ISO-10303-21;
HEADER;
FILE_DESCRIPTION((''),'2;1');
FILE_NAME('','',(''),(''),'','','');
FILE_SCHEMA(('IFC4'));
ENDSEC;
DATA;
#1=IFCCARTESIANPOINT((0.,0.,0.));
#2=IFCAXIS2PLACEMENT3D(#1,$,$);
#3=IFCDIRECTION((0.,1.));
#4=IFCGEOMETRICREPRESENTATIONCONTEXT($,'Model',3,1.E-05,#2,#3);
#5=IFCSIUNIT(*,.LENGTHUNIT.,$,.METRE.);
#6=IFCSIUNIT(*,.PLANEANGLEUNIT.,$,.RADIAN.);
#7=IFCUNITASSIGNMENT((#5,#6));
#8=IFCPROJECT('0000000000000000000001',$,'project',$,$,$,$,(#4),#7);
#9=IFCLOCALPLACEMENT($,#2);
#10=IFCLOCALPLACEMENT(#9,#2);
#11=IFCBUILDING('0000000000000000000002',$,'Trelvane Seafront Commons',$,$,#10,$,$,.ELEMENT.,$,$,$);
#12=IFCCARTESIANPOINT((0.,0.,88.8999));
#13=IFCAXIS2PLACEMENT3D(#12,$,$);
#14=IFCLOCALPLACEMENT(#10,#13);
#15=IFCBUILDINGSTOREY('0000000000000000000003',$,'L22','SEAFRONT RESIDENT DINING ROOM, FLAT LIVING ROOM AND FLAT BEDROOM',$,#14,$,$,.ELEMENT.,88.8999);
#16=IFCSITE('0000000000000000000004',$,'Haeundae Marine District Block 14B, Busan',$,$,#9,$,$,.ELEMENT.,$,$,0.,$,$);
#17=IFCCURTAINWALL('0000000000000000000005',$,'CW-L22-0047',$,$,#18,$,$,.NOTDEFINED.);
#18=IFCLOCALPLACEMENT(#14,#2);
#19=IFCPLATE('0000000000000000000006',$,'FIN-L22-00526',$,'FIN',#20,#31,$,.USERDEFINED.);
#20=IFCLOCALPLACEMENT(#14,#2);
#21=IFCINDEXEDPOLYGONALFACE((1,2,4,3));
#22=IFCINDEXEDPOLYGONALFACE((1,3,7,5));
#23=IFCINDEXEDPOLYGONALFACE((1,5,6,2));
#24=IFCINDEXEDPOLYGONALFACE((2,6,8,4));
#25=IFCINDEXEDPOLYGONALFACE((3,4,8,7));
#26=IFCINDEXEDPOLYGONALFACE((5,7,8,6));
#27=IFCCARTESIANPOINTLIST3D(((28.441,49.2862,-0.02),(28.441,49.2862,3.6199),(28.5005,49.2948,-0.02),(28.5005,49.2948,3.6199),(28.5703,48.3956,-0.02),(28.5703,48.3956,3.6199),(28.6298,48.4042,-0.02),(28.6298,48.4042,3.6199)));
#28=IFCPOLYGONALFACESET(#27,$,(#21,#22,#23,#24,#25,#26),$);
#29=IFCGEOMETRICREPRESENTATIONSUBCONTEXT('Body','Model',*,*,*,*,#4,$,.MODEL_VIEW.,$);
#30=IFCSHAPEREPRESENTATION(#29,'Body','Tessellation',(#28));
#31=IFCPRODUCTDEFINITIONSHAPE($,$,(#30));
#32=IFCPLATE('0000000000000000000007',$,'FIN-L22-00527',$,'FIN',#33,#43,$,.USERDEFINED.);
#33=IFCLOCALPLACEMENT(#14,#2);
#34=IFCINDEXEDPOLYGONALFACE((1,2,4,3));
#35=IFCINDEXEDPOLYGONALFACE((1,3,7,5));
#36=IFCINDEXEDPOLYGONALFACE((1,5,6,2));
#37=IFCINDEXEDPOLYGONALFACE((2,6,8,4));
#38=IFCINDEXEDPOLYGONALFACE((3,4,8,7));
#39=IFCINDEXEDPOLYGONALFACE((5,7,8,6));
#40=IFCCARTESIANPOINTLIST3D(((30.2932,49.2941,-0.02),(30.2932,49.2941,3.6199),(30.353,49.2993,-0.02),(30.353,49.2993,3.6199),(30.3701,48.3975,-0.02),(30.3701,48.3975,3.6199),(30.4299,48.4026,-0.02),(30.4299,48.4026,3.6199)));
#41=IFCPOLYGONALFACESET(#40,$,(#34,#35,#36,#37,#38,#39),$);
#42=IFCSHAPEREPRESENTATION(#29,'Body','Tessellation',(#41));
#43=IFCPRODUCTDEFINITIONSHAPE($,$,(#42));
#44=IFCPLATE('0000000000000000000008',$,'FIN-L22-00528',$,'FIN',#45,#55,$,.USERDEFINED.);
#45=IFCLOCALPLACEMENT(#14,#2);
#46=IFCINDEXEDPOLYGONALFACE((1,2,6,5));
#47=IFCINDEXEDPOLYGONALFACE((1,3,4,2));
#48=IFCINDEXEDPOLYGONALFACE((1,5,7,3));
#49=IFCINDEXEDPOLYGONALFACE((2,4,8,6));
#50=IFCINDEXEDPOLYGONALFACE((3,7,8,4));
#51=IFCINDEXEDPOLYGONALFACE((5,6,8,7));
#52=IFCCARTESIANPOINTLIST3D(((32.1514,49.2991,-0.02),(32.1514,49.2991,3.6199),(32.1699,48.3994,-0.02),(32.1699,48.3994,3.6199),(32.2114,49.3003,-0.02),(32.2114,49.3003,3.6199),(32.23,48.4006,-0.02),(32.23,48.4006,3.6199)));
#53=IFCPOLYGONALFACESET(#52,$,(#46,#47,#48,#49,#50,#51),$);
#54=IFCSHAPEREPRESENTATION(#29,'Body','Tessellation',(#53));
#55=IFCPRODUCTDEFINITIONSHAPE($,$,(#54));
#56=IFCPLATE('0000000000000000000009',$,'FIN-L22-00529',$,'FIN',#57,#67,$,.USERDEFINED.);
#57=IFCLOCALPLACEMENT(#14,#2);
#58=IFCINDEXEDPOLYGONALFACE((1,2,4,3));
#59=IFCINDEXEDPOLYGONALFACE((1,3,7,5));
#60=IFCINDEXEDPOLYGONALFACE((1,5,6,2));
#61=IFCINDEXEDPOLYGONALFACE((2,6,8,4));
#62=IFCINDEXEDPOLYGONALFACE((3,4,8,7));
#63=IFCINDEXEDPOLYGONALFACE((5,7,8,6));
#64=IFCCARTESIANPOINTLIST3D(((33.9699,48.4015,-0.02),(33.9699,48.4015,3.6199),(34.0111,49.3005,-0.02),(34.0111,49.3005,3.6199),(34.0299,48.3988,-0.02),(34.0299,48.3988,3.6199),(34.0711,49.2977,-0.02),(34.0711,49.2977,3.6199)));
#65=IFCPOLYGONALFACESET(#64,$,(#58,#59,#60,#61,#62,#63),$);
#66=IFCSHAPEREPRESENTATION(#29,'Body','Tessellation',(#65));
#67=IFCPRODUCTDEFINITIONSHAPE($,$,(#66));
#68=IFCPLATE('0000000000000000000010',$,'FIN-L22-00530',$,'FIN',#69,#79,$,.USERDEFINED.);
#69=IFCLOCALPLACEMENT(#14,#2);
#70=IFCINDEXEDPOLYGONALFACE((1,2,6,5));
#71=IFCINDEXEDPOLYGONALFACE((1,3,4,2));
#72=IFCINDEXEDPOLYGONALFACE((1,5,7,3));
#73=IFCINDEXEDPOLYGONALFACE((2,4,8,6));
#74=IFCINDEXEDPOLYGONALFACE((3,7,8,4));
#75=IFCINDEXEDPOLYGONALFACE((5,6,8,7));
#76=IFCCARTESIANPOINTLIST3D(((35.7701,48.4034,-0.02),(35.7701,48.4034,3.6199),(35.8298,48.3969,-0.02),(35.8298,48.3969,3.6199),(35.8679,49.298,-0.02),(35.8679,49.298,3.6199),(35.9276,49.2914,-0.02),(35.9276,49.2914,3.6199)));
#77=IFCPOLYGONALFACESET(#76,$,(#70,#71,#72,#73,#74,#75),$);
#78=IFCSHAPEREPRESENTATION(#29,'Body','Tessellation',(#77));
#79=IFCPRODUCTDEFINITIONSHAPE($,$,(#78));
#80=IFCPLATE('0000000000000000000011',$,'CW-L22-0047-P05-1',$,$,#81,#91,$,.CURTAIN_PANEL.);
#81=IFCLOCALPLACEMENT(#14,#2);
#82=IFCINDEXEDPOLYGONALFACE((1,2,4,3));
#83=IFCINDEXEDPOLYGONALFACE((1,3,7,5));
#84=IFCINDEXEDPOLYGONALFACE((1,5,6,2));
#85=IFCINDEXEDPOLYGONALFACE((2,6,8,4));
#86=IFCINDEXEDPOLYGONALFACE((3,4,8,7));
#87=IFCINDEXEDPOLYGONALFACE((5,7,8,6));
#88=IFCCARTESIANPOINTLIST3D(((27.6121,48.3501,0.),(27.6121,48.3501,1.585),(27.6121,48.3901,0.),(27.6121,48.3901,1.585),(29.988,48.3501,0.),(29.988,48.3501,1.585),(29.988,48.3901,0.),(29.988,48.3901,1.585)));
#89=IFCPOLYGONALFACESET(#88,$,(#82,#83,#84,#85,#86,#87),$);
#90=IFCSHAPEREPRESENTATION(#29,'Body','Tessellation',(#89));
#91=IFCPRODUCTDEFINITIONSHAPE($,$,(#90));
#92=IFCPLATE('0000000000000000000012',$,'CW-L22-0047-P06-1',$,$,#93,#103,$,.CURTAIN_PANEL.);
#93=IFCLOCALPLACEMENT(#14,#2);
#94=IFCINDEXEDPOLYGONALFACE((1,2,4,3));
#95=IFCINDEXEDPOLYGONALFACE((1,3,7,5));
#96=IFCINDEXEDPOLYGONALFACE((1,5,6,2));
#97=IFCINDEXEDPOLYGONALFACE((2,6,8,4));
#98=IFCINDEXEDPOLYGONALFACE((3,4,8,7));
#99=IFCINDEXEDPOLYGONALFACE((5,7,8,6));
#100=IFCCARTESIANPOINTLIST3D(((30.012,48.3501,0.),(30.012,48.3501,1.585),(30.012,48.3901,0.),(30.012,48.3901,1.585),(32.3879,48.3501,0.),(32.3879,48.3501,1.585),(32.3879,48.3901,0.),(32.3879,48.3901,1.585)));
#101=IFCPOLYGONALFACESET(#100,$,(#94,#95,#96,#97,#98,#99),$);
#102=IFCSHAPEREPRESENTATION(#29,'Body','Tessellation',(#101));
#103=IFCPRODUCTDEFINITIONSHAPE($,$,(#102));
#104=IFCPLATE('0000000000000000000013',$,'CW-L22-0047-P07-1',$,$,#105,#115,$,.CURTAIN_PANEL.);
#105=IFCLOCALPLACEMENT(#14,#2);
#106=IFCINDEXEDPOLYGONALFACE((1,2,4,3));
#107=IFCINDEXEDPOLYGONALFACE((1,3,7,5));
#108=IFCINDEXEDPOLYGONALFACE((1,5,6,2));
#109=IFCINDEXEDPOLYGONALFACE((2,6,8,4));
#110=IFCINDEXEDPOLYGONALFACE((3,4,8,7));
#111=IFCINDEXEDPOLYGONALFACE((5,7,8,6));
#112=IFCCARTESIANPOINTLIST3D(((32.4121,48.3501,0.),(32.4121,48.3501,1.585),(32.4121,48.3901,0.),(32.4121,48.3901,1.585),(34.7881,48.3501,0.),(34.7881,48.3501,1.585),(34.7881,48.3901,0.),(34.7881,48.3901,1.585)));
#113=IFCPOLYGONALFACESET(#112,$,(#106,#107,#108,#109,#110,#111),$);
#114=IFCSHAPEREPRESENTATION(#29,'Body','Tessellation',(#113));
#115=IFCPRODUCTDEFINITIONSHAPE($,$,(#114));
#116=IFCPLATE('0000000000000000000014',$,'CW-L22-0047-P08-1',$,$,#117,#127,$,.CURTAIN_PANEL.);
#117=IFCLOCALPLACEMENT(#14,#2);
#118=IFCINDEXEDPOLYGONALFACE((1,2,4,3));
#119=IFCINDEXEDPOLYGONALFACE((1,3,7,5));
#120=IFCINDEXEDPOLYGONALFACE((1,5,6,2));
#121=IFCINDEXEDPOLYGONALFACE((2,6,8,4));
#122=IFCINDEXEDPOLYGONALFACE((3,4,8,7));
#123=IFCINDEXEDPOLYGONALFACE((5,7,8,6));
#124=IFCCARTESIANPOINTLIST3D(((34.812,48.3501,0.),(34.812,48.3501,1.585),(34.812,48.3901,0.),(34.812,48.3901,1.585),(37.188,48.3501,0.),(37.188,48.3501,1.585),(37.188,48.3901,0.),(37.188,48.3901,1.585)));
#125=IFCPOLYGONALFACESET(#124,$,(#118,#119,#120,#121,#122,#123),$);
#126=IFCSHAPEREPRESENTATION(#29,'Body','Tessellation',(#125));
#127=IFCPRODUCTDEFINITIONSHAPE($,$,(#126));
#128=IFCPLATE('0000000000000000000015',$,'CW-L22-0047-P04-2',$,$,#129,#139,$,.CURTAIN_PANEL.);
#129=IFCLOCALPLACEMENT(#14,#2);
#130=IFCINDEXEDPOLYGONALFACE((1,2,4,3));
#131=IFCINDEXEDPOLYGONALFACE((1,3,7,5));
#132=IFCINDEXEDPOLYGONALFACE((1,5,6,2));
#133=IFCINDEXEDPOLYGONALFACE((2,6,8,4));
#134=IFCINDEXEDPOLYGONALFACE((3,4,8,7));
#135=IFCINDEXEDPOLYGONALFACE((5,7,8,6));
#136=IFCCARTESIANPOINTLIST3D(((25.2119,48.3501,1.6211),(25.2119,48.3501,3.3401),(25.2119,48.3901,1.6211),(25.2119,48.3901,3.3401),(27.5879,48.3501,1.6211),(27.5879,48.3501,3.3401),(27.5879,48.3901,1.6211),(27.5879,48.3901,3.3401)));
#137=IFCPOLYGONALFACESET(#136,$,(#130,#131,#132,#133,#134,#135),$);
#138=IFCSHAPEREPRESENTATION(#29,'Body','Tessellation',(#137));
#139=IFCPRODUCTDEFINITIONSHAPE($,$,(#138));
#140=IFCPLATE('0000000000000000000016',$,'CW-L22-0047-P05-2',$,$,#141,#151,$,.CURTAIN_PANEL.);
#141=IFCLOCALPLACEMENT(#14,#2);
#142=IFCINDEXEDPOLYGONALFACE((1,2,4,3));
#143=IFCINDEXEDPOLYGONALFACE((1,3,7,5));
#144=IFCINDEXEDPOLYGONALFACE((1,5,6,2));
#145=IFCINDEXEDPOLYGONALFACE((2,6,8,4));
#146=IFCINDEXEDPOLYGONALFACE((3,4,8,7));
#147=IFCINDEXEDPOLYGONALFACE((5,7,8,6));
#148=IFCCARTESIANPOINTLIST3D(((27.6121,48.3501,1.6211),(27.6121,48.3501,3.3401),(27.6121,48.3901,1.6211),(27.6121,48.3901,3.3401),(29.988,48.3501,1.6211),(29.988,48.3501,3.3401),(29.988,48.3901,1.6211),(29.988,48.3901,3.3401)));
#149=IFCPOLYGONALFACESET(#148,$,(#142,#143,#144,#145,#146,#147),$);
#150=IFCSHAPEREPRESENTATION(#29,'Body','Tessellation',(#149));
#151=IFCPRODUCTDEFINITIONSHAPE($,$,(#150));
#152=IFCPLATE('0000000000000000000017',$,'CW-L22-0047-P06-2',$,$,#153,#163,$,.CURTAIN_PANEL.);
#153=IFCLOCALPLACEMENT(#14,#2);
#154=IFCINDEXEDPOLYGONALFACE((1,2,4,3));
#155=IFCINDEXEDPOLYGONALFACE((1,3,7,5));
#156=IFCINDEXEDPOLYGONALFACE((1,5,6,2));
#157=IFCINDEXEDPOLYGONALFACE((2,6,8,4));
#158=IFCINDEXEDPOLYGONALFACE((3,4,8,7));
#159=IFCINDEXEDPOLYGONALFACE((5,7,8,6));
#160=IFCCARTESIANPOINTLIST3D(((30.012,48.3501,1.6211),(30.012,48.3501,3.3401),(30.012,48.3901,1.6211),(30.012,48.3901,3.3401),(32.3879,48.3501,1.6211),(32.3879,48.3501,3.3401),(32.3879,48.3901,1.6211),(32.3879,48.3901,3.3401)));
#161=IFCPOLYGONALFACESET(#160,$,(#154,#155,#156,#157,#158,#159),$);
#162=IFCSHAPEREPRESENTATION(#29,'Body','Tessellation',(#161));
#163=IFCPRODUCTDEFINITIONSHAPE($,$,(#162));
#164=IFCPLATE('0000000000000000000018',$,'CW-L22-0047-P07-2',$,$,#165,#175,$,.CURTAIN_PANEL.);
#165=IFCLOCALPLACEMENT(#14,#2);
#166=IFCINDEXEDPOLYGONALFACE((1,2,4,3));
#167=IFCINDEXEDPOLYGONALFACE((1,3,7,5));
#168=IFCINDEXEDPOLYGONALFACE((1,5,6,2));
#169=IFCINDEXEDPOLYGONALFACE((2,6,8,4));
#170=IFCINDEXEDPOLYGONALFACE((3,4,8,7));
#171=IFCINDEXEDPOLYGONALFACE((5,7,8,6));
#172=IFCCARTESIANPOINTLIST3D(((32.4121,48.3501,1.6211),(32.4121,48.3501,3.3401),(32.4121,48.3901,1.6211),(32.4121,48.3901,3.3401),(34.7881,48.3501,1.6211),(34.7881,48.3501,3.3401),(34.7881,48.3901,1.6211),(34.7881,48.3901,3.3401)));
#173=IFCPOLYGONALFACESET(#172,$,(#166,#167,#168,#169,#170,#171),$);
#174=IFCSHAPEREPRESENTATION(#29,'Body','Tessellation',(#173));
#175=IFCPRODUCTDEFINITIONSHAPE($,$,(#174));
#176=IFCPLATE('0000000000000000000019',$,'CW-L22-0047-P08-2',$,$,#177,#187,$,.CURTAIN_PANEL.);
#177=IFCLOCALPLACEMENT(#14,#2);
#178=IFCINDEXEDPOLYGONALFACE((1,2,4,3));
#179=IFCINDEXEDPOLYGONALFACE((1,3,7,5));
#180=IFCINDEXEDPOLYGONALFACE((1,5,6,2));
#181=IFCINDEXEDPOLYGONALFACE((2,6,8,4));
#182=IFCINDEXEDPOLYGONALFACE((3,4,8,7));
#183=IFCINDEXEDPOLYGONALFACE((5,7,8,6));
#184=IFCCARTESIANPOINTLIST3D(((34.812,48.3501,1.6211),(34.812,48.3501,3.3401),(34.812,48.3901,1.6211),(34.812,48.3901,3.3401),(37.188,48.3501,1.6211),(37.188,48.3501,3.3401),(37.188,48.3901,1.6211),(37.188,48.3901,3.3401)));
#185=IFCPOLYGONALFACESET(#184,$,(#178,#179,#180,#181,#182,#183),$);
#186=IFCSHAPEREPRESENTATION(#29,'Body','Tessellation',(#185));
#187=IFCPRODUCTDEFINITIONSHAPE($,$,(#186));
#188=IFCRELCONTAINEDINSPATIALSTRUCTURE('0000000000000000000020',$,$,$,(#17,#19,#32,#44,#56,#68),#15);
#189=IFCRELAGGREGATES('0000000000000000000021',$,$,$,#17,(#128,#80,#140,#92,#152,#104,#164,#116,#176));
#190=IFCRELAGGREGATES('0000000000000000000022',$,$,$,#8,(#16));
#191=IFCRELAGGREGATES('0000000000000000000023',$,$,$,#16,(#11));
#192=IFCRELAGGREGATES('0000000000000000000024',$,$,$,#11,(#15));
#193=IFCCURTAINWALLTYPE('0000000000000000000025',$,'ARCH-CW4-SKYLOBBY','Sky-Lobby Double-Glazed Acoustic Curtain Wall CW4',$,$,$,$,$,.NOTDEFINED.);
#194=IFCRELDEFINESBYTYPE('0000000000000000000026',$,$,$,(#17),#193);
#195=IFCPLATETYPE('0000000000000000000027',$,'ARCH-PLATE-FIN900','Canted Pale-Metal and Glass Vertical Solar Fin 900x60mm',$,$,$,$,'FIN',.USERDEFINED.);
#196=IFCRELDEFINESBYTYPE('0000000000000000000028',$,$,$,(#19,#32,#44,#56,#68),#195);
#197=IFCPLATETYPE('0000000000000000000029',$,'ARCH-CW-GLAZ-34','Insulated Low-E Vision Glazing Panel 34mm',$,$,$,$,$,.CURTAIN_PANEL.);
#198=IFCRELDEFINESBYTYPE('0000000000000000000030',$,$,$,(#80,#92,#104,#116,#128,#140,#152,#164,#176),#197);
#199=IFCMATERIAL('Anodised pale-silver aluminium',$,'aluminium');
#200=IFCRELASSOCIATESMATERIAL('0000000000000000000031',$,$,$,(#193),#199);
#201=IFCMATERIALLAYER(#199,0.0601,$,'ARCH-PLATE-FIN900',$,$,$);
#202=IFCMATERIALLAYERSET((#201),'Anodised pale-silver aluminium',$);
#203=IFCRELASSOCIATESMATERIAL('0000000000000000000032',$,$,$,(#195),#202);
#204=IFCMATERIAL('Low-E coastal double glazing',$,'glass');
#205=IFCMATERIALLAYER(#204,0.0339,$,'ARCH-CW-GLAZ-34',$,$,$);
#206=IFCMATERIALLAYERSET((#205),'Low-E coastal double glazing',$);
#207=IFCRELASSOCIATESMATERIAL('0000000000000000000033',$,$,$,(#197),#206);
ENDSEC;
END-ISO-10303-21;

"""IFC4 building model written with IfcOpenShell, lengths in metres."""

from ifc_helpers import new_model, si_unit, direction, frame, origin, origin_2d, place, context, subcontext, project, spatial, rectangle, extrude, source, transform, mapped, material, layer, layer_set, type_object, element, aggregate, save


model = new_model("IFC4")

# Units and contexts
model_context = context("Model", 3, precision=1e-05, world=origin(), true_north=direction((0.0, 1.0)))
body_context = subcontext(model_context, "Body", "Model", "MODEL_VIEW")
ifc_project = project(units=[si_unit("LENGTHUNIT", "METRE"), si_unit("PLANEANGLEUNIT", "RADIAN")], contexts=[model_context])

# Site, building, storey
site_placement = place(None, origin())
site = spatial("IfcSite", under=ifc_project, at=site_placement, Name="Haeundae Marine District Block 14B, Busan", CompositionType="ELEMENT", RefElevation=0.0)
building_placement = place(site_placement, origin())
building = spatial("IfcBuilding", under=site, at=building_placement, Name="Trelvane Seafront Commons", CompositionType="ELEMENT")
storey_placement = place(building_placement, frame((0.0, 0.0, 88.8999)))
storey = spatial("IfcBuildingStorey", under=building, at=storey_placement, Name="L22", Description="SEAFRONT RESIDENT DINING ROOM, FLAT LIVING ROOM AND FLAT BEDROOM", CompositionType="ELEMENT", Elevation=88.8999)

# Curtain wall
ifc_material_1 = material(Name="Anodised pale-silver aluminium", Category="aluminium")
curtain_wall_type = type_object("IfcCurtainWallType", Name="ARCH-CW4-SKYLOBBY", Description="Sky-Lobby Double-Glazed Acoustic Curtain Wall CW4", PredefinedType="NOTDEFINED", material=ifc_material_1)
curtain_wall_placement = place(storey_placement, origin())
curtain_wall = element("IfcCurtainWall", 1, at=curtain_wall_placement, inside=storey, type_object=curtain_wall_type, Name="CW-L22-0047", PredefinedType="NOTDEFINED")

# Plates
ifc_layer_1 = layer(ifc_material_1, 0.0601, Name="ARCH-PLATE-FIN900")
ifc_layer_set_1 = layer_set([ifc_layer_1], Name="Anodised pale-silver aluminium")
plate_type_1 = type_object("IfcPlateType", Name="ARCH-PLATE-FIN900", Description="Canted Pale-Metal and Glass Vertical Solar Fin 900x60mm", ElementType="FIN", PredefinedType="USERDEFINED", material=ifc_layer_set_1)
shared_shape_1 = source(origin(), body_context, "Body", "SweptSolid", [
    extrude(rectangle(XDim=0.8999, YDim=0.0601, at=origin_2d()), origin(), (0.0, 0.0, 1.0), 3.6399),
])
for number, where, z_axis, x_axis, name in (
    (2, (28.5354, 48.8452, -0.02), (0.0, 0.0, 1.0), (-0.14366, 0.989627, 0.0), "FIN-L22-00526"),
    (3, (30.3616, 48.8484, -0.02), (0.0, 0.0, 1.0), (-0.085445, 0.996343, 0.0), "FIN-L22-00527"),
    (4, (32.1907, 48.8499, -0.02), (0.0, 0.0, 1.0), (-0.020667, 0.999786, 0.0), "FIN-L22-00528"),
    (5, (34.0205, 48.8496, -0.02), (0.0, 0.0, 1.0), (0.045776, 0.998952, 0.0), "FIN-L22-00529"),
    (6, (35.8489, 48.8474, -0.02), (0.0, 0.0, 1.0), (0.108664, 0.994079, 0.0), "FIN-L22-00530"),
):
    element("IfcPlate", number, at=place(storey_placement, frame(where, z_axis=z_axis, x_axis=x_axis)), inside=storey, type_object=plate_type_1, Name=name, ObjectType="FIN", PredefinedType="USERDEFINED", context=body_context, shape_type="MappedRepresentation", body=[
        mapped(shared_shape_1, transform((0.0, 0.0, 0.0), x_axis=(1.0, 0.0, 0.0), y_axis=(0.0, 1.0, 0.0), z_axis=(0.0, 0.0, 1.0), scale=1.0)),
    ])

# Plates
ifc_material_2 = material(Name="Low-E coastal double glazing", Category="glass")
ifc_layer_2 = layer(ifc_material_2, 0.0339, Name="ARCH-CW-GLAZ-34")
ifc_layer_set_2 = layer_set([ifc_layer_2], Name="Low-E coastal double glazing")
plate_type_2 = type_object("IfcPlateType", Name="ARCH-CW-GLAZ-34", Description="Insulated Low-E Vision Glazing Panel 34mm", PredefinedType="CURTAIN_PANEL", material=ifc_layer_set_2)
shared_shape_2 = source(origin(), body_context, "Body", "SweptSolid", [
    extrude(rectangle(XDim=2.376, YDim=0.04, at=origin_2d()), origin(), (0.0, 0.0, 1.0), 1.585),
])
plate_1_placement = place(storey_placement, frame((28.8, 48.3701, 0.0), z_axis=(0.0, 0.0, 1.0), x_axis=(1.0, 0.0, 0.0)))
plate_1 = element("IfcPlate", 7, at=plate_1_placement, type_object=plate_type_2, Name="CW-L22-0047-P05-1", PredefinedType="CURTAIN_PANEL", context=body_context, shape_type="MappedRepresentation", body=[
    mapped(shared_shape_2, transform((0.0, 0.0, 0.0), x_axis=(1.0, 0.0, 0.0), y_axis=(0.0, 1.0, 0.0), z_axis=(0.0, 0.0, 1.0), scale=1.0)),
])
plate_2_placement = place(storey_placement, frame((31.2, 48.3701, 0.0), z_axis=(0.0, 0.0, 1.0), x_axis=(1.0, 0.0, 0.0)))
plate_2 = element("IfcPlate", 8, at=plate_2_placement, type_object=plate_type_2, Name="CW-L22-0047-P06-1", PredefinedType="CURTAIN_PANEL", context=body_context, shape_type="MappedRepresentation", body=[
    mapped(shared_shape_2, transform((0.0, 0.0, 0.0), x_axis=(1.0, 0.0, 0.0), y_axis=(0.0, 1.0, 0.0), z_axis=(0.0, 0.0, 1.0), scale=1.0)),
])
plate_3_placement = place(storey_placement, frame((33.6001, 48.3701, 0.0), z_axis=(0.0, 0.0, 1.0), x_axis=(1.0, 0.0, 0.0)))
plate_3 = element("IfcPlate", 9, at=plate_3_placement, type_object=plate_type_2, Name="CW-L22-0047-P07-1", PredefinedType="CURTAIN_PANEL", context=body_context, shape_type="MappedRepresentation", body=[
    mapped(shared_shape_2, transform((0.0, 0.0, 0.0), x_axis=(1.0, 0.0, 0.0), y_axis=(0.0, 1.0, 0.0), z_axis=(0.0, 0.0, 1.0), scale=1.0)),
])
plate_4_placement = place(storey_placement, frame((36.0, 48.3701, 0.0), z_axis=(0.0, 0.0, 1.0), x_axis=(1.0, 0.0, 0.0)))
plate_4 = element("IfcPlate", 10, at=plate_4_placement, type_object=plate_type_2, Name="CW-L22-0047-P08-1", PredefinedType="CURTAIN_PANEL", context=body_context, shape_type="MappedRepresentation", body=[
    mapped(shared_shape_2, transform((0.0, 0.0, 0.0), x_axis=(1.0, 0.0, 0.0), y_axis=(0.0, 1.0, 0.0), z_axis=(0.0, 0.0, 1.0), scale=1.0)),
])
shared_shape_3 = source(origin(), body_context, "Body", "SweptSolid", [
    extrude(rectangle(XDim=2.376, YDim=0.04, at=origin_2d()), origin(), (0.0, 0.0, 1.0), 1.719),
])
plate_5_placement = place(storey_placement, frame((26.3999, 48.3701, 1.6211), z_axis=(0.0, 0.0, 1.0), x_axis=(1.0, 0.0, 0.0)))
plate_5 = element("IfcPlate", 11, at=plate_5_placement, type_object=plate_type_2, Name="CW-L22-0047-P04-2", PredefinedType="CURTAIN_PANEL", context=body_context, shape_type="MappedRepresentation", body=[
    mapped(shared_shape_3, transform((0.0, 0.0, 0.0), x_axis=(1.0, 0.0, 0.0), y_axis=(0.0, 1.0, 0.0), z_axis=(0.0, 0.0, 1.0), scale=1.0)),
])
plate_6_placement = place(storey_placement, frame((28.8, 48.3701, 1.6211), z_axis=(0.0, 0.0, 1.0), x_axis=(1.0, 0.0, 0.0)))
plate_6 = element("IfcPlate", 12, at=plate_6_placement, type_object=plate_type_2, Name="CW-L22-0047-P05-2", PredefinedType="CURTAIN_PANEL", context=body_context, shape_type="MappedRepresentation", body=[
    mapped(shared_shape_3, transform((0.0, 0.0, 0.0), x_axis=(1.0, 0.0, 0.0), y_axis=(0.0, 1.0, 0.0), z_axis=(0.0, 0.0, 1.0), scale=1.0)),
])
plate_7_placement = place(storey_placement, frame((31.2, 48.3701, 1.6211), z_axis=(0.0, 0.0, 1.0), x_axis=(1.0, 0.0, 0.0)))
plate_7 = element("IfcPlate", 13, at=plate_7_placement, type_object=plate_type_2, Name="CW-L22-0047-P06-2", PredefinedType="CURTAIN_PANEL", context=body_context, shape_type="MappedRepresentation", body=[
    mapped(shared_shape_3, transform((0.0, 0.0, 0.0), x_axis=(1.0, 0.0, 0.0), y_axis=(0.0, 1.0, 0.0), z_axis=(0.0, 0.0, 1.0), scale=1.0)),
])
plate_8_placement = place(storey_placement, frame((33.6001, 48.3701, 1.6211), z_axis=(0.0, 0.0, 1.0), x_axis=(1.0, 0.0, 0.0)))
plate_8 = element("IfcPlate", 14, at=plate_8_placement, type_object=plate_type_2, Name="CW-L22-0047-P07-2", PredefinedType="CURTAIN_PANEL", context=body_context, shape_type="MappedRepresentation", body=[
    mapped(shared_shape_3, transform((0.0, 0.0, 0.0), x_axis=(1.0, 0.0, 0.0), y_axis=(0.0, 1.0, 0.0), z_axis=(0.0, 0.0, 1.0), scale=1.0)),
])
plate_9_placement = place(storey_placement, frame((36.0, 48.3701, 1.6211), z_axis=(0.0, 0.0, 1.0), x_axis=(1.0, 0.0, 0.0)))
plate_9 = element("IfcPlate", 15, at=plate_9_placement, type_object=plate_type_2, Name="CW-L22-0047-P08-2", PredefinedType="CURTAIN_PANEL", context=body_context, shape_type="MappedRepresentation", body=[
    mapped(shared_shape_3, transform((0.0, 0.0, 0.0), x_axis=(1.0, 0.0, 0.0), y_axis=(0.0, 1.0, 0.0), z_axis=(0.0, 0.0, 1.0), scale=1.0)),
])
aggregate(curtain_wall, [plate_5, plate_1, plate_6, plate_2, plate_7, plate_3, plate_8, plate_4, plate_9])

save(model, "model.ifc")
